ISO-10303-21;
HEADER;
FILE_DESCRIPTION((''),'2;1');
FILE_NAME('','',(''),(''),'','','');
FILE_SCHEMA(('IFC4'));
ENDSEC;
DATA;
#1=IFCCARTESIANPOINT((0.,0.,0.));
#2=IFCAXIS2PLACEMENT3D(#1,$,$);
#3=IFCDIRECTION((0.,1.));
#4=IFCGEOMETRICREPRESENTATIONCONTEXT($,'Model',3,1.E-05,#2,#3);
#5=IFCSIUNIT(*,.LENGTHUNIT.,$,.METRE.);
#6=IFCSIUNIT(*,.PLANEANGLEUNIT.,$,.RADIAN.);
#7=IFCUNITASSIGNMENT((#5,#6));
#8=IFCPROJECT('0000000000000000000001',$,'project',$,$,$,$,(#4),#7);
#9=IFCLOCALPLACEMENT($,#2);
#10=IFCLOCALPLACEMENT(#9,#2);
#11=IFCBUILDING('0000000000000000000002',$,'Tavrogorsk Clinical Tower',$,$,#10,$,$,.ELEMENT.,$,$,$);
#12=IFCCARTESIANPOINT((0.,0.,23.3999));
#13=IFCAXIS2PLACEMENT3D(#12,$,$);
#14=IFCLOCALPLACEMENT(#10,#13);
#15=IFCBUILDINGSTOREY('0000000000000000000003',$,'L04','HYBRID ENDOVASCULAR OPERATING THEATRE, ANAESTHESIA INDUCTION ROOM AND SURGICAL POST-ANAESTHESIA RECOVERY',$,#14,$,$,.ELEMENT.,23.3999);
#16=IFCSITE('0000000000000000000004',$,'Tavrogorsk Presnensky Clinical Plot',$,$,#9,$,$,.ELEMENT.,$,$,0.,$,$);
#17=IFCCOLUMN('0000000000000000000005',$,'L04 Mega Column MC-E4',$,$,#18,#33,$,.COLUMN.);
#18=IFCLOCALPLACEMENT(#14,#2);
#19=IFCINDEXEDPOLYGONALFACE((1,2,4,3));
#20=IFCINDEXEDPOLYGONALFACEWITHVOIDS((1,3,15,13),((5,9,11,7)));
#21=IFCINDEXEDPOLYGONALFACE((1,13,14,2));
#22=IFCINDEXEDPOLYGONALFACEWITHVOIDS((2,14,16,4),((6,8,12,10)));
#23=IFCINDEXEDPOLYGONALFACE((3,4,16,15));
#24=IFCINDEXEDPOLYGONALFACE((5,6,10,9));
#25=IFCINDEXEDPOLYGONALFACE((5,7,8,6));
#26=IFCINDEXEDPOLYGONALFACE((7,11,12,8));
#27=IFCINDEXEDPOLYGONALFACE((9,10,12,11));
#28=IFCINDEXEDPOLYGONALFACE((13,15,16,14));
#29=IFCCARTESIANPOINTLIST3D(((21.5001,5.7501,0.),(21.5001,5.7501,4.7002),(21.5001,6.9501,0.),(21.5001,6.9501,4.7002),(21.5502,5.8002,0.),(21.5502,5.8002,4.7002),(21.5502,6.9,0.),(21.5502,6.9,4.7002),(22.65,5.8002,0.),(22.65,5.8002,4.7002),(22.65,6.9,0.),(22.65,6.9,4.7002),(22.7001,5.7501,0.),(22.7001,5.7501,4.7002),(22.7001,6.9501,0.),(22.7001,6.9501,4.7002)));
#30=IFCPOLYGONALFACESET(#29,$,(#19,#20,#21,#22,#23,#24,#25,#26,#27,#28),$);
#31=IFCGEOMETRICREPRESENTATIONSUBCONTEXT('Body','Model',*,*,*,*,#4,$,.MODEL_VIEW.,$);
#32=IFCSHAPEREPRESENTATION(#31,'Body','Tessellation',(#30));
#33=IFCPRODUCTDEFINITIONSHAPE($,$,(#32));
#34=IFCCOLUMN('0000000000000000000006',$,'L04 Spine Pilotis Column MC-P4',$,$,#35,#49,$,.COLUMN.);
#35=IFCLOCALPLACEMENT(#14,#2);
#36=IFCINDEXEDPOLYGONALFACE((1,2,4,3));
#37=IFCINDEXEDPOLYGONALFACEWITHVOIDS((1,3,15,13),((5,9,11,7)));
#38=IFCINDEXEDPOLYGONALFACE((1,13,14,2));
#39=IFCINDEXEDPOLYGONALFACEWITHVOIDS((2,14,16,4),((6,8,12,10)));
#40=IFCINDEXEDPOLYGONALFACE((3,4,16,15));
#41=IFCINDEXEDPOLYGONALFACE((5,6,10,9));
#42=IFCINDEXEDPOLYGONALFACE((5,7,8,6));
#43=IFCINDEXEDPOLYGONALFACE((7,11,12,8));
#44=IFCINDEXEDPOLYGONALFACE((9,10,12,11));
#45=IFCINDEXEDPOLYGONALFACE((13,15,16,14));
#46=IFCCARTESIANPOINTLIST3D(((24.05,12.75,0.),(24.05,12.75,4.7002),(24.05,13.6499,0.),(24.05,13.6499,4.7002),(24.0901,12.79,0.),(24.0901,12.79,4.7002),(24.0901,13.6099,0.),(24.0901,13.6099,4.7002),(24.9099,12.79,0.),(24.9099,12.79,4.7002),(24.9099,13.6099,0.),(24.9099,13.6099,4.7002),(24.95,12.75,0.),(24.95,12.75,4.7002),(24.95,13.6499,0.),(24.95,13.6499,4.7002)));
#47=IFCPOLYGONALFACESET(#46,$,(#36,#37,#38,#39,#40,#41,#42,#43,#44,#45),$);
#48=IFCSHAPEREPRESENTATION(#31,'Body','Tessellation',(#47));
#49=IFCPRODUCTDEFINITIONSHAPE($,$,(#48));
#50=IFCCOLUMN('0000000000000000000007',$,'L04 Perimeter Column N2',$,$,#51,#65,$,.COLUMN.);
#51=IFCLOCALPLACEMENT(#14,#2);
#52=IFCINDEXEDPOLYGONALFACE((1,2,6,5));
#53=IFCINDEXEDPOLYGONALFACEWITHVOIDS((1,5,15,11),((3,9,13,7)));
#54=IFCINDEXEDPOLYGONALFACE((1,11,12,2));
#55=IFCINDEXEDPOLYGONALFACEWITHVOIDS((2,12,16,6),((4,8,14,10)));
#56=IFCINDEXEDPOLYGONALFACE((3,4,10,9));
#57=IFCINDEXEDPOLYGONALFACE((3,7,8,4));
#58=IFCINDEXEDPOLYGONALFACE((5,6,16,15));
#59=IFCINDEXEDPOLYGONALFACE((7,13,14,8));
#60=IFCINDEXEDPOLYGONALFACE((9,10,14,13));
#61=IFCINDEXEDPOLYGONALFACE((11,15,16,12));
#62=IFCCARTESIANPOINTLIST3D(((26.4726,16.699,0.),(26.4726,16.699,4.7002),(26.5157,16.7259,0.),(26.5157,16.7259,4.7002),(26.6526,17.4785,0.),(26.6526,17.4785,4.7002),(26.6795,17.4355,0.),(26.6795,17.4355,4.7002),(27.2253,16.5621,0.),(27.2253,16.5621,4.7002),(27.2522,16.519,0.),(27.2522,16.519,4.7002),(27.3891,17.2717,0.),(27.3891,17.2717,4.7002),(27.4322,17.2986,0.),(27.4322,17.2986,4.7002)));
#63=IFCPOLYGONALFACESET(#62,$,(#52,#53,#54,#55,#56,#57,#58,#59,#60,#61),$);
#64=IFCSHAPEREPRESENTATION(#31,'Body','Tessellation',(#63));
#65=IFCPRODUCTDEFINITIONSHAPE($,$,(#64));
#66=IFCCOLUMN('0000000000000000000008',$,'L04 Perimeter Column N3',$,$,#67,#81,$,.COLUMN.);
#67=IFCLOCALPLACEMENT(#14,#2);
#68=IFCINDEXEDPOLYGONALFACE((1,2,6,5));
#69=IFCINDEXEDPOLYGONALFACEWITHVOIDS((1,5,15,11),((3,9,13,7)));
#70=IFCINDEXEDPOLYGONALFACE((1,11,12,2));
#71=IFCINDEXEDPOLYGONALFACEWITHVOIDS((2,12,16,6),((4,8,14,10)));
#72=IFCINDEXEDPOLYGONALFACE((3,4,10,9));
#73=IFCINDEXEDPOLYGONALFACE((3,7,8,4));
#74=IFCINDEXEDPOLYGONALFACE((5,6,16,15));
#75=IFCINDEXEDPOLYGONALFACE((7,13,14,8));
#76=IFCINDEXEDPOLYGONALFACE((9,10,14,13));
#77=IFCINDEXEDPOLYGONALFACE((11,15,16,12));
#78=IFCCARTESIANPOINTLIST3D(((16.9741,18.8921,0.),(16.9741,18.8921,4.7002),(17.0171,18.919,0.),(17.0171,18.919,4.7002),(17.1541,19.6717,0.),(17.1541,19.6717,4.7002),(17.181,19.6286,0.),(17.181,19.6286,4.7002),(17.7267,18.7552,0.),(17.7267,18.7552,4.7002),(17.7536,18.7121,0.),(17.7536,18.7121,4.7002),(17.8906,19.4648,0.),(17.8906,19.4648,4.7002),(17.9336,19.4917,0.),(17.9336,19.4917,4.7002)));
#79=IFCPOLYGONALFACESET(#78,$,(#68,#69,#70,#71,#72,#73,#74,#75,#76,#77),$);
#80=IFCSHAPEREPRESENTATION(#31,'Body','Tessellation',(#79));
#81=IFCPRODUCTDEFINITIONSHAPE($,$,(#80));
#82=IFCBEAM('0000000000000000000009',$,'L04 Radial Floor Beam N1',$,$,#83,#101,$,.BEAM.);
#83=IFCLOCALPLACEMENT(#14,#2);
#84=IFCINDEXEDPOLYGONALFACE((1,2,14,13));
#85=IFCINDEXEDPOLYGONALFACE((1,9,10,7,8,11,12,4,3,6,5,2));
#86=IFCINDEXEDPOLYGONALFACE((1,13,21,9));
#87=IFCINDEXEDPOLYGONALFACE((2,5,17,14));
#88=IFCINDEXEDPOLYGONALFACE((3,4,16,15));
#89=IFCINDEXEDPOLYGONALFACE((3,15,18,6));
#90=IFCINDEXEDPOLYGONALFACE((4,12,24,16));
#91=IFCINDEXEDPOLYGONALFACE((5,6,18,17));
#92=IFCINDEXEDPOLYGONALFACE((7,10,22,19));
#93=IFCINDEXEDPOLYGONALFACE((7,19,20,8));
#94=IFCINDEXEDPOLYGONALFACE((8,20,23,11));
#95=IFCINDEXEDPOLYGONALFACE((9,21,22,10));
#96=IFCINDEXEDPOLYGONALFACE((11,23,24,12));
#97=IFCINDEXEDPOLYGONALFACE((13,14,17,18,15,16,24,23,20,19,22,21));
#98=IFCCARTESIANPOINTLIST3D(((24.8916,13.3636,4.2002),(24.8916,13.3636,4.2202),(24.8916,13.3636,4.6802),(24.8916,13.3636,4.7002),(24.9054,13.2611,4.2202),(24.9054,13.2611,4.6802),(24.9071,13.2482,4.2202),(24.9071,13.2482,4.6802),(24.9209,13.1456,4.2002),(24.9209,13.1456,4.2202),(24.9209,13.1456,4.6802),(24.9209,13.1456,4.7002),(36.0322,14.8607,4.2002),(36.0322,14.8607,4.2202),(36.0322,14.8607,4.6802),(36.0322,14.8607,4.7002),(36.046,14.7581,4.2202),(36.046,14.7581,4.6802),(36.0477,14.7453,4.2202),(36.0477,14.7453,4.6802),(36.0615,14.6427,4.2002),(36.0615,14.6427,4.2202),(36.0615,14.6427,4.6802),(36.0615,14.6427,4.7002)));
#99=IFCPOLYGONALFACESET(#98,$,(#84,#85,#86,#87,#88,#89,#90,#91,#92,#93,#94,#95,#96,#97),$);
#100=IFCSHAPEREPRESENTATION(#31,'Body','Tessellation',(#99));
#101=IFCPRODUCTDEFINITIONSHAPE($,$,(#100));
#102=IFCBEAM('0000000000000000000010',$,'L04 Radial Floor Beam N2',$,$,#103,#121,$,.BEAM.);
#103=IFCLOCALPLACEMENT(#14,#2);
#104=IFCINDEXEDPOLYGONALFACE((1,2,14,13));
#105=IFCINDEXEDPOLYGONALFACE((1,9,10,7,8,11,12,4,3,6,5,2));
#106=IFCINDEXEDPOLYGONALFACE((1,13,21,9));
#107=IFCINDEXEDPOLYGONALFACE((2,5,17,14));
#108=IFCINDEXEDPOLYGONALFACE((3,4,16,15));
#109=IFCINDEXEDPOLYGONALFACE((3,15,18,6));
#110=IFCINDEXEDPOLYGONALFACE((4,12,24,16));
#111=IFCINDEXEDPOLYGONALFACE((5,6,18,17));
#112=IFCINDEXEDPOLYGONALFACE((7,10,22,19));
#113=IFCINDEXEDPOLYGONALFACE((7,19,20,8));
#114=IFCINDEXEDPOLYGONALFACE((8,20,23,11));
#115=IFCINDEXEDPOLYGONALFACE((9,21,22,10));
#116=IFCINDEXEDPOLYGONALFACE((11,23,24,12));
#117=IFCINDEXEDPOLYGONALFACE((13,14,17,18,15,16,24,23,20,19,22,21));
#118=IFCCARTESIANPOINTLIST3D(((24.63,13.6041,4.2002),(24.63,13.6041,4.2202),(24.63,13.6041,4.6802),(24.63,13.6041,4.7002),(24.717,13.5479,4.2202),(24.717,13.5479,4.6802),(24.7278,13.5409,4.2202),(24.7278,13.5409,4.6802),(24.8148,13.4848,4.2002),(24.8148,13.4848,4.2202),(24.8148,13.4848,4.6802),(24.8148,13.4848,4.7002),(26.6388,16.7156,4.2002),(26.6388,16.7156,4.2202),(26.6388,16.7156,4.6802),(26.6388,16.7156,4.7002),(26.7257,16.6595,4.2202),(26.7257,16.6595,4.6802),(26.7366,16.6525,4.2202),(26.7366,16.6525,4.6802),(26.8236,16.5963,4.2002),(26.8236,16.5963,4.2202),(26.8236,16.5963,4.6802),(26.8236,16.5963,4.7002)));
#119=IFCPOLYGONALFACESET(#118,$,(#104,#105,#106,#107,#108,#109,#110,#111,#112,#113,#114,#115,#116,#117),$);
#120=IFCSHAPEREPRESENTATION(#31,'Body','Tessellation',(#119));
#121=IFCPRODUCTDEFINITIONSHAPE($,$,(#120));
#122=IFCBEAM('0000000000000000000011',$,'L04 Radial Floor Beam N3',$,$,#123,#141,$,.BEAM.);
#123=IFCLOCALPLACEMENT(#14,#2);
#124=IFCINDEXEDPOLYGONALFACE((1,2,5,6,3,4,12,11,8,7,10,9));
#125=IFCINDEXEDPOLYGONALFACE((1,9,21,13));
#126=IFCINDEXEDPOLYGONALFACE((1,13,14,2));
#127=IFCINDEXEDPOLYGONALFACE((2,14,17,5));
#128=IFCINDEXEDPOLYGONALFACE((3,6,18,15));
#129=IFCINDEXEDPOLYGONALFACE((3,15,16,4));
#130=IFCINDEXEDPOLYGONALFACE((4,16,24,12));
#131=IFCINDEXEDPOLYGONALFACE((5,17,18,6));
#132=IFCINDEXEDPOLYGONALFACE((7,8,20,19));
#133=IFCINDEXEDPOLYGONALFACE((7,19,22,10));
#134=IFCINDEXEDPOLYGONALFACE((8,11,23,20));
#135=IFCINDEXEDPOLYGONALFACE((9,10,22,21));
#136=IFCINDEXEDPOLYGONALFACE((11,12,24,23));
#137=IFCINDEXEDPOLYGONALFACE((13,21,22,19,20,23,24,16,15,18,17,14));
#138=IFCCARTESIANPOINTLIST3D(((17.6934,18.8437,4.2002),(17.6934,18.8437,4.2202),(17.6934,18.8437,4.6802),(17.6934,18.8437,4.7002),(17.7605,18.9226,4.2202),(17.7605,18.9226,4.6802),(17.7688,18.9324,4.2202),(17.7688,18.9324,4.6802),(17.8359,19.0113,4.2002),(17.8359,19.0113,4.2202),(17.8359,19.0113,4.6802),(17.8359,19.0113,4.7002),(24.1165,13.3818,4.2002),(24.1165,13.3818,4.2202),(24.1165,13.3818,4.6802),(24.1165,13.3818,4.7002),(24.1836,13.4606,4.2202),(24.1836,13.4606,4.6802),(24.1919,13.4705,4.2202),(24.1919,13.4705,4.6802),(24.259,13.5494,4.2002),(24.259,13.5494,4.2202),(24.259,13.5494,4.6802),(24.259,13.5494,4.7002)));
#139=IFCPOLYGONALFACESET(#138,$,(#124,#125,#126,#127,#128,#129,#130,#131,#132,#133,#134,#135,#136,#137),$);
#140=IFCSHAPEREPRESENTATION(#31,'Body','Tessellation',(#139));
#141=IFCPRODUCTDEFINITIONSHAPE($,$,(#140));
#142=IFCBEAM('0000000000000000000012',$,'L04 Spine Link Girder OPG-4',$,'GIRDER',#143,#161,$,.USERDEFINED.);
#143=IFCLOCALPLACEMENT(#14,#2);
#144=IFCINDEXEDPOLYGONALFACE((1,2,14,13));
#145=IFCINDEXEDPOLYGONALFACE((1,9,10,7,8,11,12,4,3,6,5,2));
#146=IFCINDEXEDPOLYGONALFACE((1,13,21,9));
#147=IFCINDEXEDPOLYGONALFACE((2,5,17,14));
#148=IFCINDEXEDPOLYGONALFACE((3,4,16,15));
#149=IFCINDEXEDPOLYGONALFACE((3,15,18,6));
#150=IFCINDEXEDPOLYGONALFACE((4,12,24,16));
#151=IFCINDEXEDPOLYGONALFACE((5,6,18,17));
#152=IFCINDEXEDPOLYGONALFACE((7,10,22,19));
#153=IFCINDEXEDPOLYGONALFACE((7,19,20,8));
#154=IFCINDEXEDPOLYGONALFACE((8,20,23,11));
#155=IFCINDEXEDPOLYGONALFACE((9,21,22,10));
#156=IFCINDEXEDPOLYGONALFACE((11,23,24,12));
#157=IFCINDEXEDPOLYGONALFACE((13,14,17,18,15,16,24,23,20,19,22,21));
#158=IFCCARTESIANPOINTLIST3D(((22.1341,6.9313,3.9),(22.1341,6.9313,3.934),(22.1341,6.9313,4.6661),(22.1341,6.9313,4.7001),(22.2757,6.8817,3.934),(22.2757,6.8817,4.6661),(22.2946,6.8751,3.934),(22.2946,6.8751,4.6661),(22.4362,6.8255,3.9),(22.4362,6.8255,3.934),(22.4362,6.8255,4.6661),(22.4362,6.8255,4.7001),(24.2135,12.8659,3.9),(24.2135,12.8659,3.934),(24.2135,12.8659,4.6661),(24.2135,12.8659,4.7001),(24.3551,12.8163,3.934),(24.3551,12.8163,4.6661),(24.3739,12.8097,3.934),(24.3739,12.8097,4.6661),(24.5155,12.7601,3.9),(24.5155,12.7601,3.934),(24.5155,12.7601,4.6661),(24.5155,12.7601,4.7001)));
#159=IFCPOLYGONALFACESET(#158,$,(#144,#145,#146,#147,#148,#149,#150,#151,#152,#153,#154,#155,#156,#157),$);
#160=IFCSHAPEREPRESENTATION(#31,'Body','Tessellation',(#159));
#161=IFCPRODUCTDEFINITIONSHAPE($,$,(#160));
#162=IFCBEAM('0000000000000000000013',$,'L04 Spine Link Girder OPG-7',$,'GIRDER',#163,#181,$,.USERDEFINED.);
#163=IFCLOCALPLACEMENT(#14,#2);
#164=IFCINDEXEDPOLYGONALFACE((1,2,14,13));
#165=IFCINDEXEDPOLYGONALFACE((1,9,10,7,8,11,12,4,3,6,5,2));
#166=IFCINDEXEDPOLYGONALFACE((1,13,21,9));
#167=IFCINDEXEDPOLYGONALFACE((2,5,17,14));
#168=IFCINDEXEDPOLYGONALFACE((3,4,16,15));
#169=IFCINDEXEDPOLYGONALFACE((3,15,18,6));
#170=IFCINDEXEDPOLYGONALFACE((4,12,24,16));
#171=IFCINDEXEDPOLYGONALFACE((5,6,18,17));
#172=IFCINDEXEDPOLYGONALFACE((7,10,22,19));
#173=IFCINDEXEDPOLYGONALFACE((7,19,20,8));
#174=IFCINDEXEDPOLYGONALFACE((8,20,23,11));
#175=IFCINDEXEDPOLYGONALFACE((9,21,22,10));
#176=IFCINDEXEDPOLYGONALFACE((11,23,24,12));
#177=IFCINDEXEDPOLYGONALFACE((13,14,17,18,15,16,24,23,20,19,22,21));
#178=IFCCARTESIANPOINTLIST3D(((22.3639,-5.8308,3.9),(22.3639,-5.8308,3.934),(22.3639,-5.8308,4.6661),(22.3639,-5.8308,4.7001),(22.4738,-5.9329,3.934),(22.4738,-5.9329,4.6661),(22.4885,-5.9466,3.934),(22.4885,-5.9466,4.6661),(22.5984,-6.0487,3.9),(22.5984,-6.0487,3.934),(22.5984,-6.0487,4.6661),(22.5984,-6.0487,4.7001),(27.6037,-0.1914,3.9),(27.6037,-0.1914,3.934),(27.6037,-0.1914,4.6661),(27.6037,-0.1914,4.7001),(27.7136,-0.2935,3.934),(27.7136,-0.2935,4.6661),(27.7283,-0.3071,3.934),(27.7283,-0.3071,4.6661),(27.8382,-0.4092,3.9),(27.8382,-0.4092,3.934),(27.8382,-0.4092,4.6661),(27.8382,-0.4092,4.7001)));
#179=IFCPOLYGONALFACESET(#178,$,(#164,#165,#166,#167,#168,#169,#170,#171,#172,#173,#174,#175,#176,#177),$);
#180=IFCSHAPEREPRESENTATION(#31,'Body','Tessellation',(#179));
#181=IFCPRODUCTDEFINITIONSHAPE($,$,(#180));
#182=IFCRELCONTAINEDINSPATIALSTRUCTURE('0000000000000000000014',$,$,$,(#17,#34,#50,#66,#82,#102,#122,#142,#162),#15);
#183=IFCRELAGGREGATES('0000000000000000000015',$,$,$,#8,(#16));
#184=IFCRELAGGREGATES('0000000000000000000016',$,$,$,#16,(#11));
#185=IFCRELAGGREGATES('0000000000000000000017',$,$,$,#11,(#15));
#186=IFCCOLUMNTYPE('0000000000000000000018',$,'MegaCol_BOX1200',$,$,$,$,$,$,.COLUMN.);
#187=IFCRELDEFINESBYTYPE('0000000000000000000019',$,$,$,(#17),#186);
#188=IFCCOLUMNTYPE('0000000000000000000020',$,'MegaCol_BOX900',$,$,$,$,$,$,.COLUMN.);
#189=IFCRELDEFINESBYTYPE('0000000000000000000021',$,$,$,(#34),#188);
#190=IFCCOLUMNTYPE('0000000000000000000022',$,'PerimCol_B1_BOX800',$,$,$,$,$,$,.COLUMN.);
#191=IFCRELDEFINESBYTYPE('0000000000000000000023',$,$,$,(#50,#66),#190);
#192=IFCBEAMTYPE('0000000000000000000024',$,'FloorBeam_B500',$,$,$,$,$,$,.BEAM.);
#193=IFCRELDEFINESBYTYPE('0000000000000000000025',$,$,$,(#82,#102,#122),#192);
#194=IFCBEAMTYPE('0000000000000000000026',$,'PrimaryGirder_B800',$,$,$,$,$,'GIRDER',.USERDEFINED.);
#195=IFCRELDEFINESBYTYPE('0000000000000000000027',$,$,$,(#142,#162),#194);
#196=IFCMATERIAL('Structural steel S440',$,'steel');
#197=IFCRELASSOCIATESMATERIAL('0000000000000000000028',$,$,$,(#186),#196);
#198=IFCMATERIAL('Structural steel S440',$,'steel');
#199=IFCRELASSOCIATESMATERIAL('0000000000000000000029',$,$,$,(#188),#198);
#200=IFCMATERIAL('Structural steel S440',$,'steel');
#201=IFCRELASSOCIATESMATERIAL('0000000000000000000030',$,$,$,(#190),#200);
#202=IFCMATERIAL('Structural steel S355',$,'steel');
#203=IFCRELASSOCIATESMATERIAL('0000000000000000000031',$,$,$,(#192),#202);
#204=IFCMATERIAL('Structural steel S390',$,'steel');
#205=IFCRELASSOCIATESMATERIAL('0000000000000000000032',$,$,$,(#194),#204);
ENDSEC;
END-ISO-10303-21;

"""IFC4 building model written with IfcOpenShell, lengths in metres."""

from ifc_helpers import new_model, si_unit, direction, frame, origin, origin_2d, place, context, subcontext, project, spatial, hollow_rectangle, i_section, extrude, material, material_profile, profile_set, type_object, element, save


model = new_model("IFC4")

# Units and contexts
model_context = context("Model", 3, precision=1e-05, world=origin(), true_north=direction((0.0, 1.0)))
body_context = subcontext(model_context, "Body", "Model", "MODEL_VIEW")
ifc_project = project(units=[si_unit("LENGTHUNIT", "METRE"), si_unit("PLANEANGLEUNIT", "RADIAN")], contexts=[model_context])

# Site, building, storey
site_placement = place(None, origin())
site = spatial("IfcSite", under=ifc_project, at=site_placement, Name="Tavrogorsk Presnensky Clinical Plot", CompositionType="ELEMENT", RefElevation=0.0)
building_placement = place(site_placement, origin())
building = spatial("IfcBuilding", under=site, at=building_placement, Name="Tavrogorsk Clinical Tower", CompositionType="ELEMENT")
storey_placement = place(building_placement, frame((0.0, 0.0, 23.3999)))
storey = spatial("IfcBuildingStorey", under=building, at=storey_placement, Name="L04", Description="HYBRID ENDOVASCULAR OPERATING THEATRE, ANAESTHESIA INDUCTION ROOM AND SURGICAL POST-ANAESTHESIA RECOVERY", CompositionType="ELEMENT", Elevation=23.3999)

# Columns
ifc_material_1 = material(Name="Structural steel S440", Category="steel")
ifc_material_profile_1 = material_profile(ifc_material_1, hollow_rectangle(XDim=1.2, YDim=1.2, WallThickness=0.05, at=origin_2d()), Name="BOX-1200x1200x50")
ifc_profile_set_1 = profile_set([ifc_material_profile_1], Name="Structural steel S440")
column_type_1 = type_object("IfcColumnType", Name="MegaCol_BOX1200", PredefinedType="COLUMN", material=ifc_profile_set_1)
column_1_placement = place(storey_placement, frame((22.1001, 6.3501, 0.0), z_axis=(0.0, 0.0, 1.0), x_axis=(1.0, 0.0, 0.0)))
element("IfcColumn", 1, at=column_1_placement, inside=storey, type_object=column_type_1, Name="L04 Mega Column MC-E4", PredefinedType="COLUMN", context=body_context, shape_type="SweptSolid", body=[
    extrude(hollow_rectangle(XDim=1.2, YDim=1.2, WallThickness=0.05, at=origin_2d()), origin(), (0.0, 0.0, 1.0), 4.7002),
])
ifc_material_2 = material(Name="Structural steel S440", Category="steel")
ifc_material_profile_2 = material_profile(ifc_material_2, hollow_rectangle(XDim=0.8999, YDim=0.8999, WallThickness=0.04, at=origin_2d()), Name="BOX-900x900x40")
ifc_profile_set_2 = profile_set([ifc_material_profile_2], Name="Structural steel S440")
column_type_2 = type_object("IfcColumnType", Name="MegaCol_BOX900", PredefinedType="COLUMN", material=ifc_profile_set_2)
column_2_placement = place(storey_placement, frame((24.5, 13.2, 0.0), z_axis=(0.0, 0.0, 1.0), x_axis=(1.0, 0.0, 0.0)))
element("IfcColumn", 2, at=column_2_placement, inside=storey, type_object=column_type_2, Name="L04 Spine Pilotis Column MC-P4", PredefinedType="COLUMN", context=body_context, shape_type="SweptSolid", body=[
    extrude(hollow_rectangle(XDim=0.8999, YDim=0.8999, WallThickness=0.04, at=origin_2d()), origin(), (0.0, 0.0, 1.0), 4.7002),
])
ifc_material_3 = material(Name="Structural steel S440", Category="steel")
ifc_material_profile_3 = material_profile(ifc_material_3, hollow_rectangle(XDim=0.8, YDim=0.8, WallThickness=0.0359, at=origin_2d()), Name="BOX-800x800x36")
ifc_profile_set_3 = profile_set([ifc_material_profile_3], Name="Structural steel S440")
column_type_3 = type_object("IfcColumnType", Name="PerimCol_B1_BOX800", PredefinedType="COLUMN", material=ifc_profile_set_3)
for number, where, z_axis, x_axis, name in (
    (3, (26.9524, 16.9988, 0.0), (0.0, 0.0, 1.0), (0.97437, -0.224951, 0.0), "L04 Perimeter Column N2"),
    (4, (17.4539, 19.1919, 0.0), (0.0, 0.0, 1.0), (0.97437, -0.224951, 0.0), "L04 Perimeter Column N3"),
):
    element("IfcColumn", number, at=place(storey_placement, frame(where, z_axis=z_axis, x_axis=x_axis)), inside=storey, type_object=column_type_3, Name=name, PredefinedType="COLUMN", context=body_context, shape_type="SweptSolid", body=[
        extrude(hollow_rectangle(XDim=0.8, YDim=0.8, WallThickness=0.0359, at=origin_2d()), origin(), (0.0, 0.0, 1.0), 4.7002),
    ])

# Beams
ifc_material_4 = material(Name="Structural steel S355", Category="steel")
ifc_material_profile_4 = material_profile(ifc_material_4, i_section(OverallWidth=0.22, OverallDepth=0.5, WebThickness=0.0129, FlangeThickness=0.02, at=origin_2d()), Name="B-500x220x13x20")
ifc_profile_set_4 = profile_set([ifc_material_profile_4], Name="Structural steel S355")
beam_type_1 = type_object("IfcBeamType", Name="FloorBeam_B500", PredefinedType="BEAM", material=ifc_profile_set_4)
beam_1_placement = place(storey_placement, frame((24.9062, 13.2546, 4.4502), z_axis=(0.991092, 0.133182, 0.0), x_axis=(-0.133182, 0.991092, 0.0)))
element("IfcBeam", 5, at=beam_1_placement, inside=storey, type_object=beam_type_1, Name="L04 Radial Floor Beam N1", PredefinedType="BEAM", context=body_context, shape_type="SweptSolid", body=[
    extrude(i_section(OverallWidth=0.22, OverallDepth=0.5, WebThickness=0.0129, FlangeThickness=0.02, at=origin_2d()), origin(), (0.0, 0.0, 1.0), 11.2407),
])
beam_2_placement = place(storey_placement, frame((24.7224, 13.5444, 4.4502), z_axis=(0.542379, 0.840134, 0.0), x_axis=(-0.840134, 0.542379, 0.0)))
element("IfcBeam", 6, at=beam_2_placement, inside=storey, type_object=beam_type_1, Name="L04 Radial Floor Beam N2", PredefinedType="BEAM", context=body_context, shape_type="SweptSolid", body=[
    extrude(i_section(OverallWidth=0.22, OverallDepth=0.5, WebThickness=0.0129, FlangeThickness=0.02, at=origin_2d()), origin(), (0.0, 0.0, 1.0), 3.7036),
])
beam_3_placement = place(storey_placement, frame((24.1877, 13.4656, 4.4502), z_axis=(-0.761806, 0.647806, 0.0), x_axis=(-0.647806, -0.761806, 0.0)))
element("IfcBeam", 7, at=beam_3_placement, inside=storey, type_object=beam_type_1, Name="L04 Radial Floor Beam N3", PredefinedType="BEAM", context=body_context, shape_type="SweptSolid", body=[
    extrude(i_section(OverallWidth=0.22, OverallDepth=0.5, WebThickness=0.0129, FlangeThickness=0.02, at=origin_2d()), origin(), (0.0, 0.0, 1.0), 8.4314),
])
ifc_material_5 = material(Name="Structural steel S390", Category="steel")
ifc_material_profile_5 = material_profile(ifc_material_5, i_section(OverallWidth=0.3201, OverallDepth=0.8, WebThickness=0.02, FlangeThickness=0.0339, at=origin_2d()), Name="B-800x320x20x34")
ifc_profile_set_5 = profile_set([ifc_material_profile_5], Name="Structural steel S390")
beam_type_2 = type_object("IfcBeamType", Name="PrimaryGirder_B800", ElementType="GIRDER", PredefinedType="USERDEFINED", material=ifc_profile_set_5)
beam_4_placement = place(storey_placement, frame((24.3645, 12.813, 4.3), z_axis=(-0.330669, -0.943747, 0.0), x_axis=(0.943747, -0.330669, 0.0)))
element("IfcBeam", 8, at=beam_4_placement, inside=storey, type_object=beam_type_2, Name="L04 Spine Link Girder OPG-4", ObjectType="GIRDER", PredefinedType="USERDEFINED", context=body_context, shape_type="SweptSolid", body=[
    extrude(i_section(OverallWidth=0.3201, OverallDepth=0.8, WebThickness=0.02, FlangeThickness=0.0339, at=origin_2d()), origin(), (0.0, 0.0, 1.0), 6.2883),
])
for number, where, z_axis, x_axis, name in (
    (9, (27.7209, -0.3003, 4.3), (-0.680671, -0.732589, 0.0), (0.732589, -0.680671, 0.0), "L04 Spine Link Girder OPG-7"),
):
    element("IfcBeam", number, at=place(storey_placement, frame(where, z_axis=z_axis, x_axis=x_axis)), inside=storey, type_object=beam_type_2, Name=name, ObjectType="GIRDER", PredefinedType="USERDEFINED", context=body_context, shape_type="SweptSolid", body=[
        extrude(i_section(OverallWidth=0.3201, OverallDepth=0.8, WebThickness=0.02, FlangeThickness=0.0339, at=origin_2d()), origin(), (0.0, 0.0, 1.0), 7.698),
    ])

save(model, "model.ifc")
